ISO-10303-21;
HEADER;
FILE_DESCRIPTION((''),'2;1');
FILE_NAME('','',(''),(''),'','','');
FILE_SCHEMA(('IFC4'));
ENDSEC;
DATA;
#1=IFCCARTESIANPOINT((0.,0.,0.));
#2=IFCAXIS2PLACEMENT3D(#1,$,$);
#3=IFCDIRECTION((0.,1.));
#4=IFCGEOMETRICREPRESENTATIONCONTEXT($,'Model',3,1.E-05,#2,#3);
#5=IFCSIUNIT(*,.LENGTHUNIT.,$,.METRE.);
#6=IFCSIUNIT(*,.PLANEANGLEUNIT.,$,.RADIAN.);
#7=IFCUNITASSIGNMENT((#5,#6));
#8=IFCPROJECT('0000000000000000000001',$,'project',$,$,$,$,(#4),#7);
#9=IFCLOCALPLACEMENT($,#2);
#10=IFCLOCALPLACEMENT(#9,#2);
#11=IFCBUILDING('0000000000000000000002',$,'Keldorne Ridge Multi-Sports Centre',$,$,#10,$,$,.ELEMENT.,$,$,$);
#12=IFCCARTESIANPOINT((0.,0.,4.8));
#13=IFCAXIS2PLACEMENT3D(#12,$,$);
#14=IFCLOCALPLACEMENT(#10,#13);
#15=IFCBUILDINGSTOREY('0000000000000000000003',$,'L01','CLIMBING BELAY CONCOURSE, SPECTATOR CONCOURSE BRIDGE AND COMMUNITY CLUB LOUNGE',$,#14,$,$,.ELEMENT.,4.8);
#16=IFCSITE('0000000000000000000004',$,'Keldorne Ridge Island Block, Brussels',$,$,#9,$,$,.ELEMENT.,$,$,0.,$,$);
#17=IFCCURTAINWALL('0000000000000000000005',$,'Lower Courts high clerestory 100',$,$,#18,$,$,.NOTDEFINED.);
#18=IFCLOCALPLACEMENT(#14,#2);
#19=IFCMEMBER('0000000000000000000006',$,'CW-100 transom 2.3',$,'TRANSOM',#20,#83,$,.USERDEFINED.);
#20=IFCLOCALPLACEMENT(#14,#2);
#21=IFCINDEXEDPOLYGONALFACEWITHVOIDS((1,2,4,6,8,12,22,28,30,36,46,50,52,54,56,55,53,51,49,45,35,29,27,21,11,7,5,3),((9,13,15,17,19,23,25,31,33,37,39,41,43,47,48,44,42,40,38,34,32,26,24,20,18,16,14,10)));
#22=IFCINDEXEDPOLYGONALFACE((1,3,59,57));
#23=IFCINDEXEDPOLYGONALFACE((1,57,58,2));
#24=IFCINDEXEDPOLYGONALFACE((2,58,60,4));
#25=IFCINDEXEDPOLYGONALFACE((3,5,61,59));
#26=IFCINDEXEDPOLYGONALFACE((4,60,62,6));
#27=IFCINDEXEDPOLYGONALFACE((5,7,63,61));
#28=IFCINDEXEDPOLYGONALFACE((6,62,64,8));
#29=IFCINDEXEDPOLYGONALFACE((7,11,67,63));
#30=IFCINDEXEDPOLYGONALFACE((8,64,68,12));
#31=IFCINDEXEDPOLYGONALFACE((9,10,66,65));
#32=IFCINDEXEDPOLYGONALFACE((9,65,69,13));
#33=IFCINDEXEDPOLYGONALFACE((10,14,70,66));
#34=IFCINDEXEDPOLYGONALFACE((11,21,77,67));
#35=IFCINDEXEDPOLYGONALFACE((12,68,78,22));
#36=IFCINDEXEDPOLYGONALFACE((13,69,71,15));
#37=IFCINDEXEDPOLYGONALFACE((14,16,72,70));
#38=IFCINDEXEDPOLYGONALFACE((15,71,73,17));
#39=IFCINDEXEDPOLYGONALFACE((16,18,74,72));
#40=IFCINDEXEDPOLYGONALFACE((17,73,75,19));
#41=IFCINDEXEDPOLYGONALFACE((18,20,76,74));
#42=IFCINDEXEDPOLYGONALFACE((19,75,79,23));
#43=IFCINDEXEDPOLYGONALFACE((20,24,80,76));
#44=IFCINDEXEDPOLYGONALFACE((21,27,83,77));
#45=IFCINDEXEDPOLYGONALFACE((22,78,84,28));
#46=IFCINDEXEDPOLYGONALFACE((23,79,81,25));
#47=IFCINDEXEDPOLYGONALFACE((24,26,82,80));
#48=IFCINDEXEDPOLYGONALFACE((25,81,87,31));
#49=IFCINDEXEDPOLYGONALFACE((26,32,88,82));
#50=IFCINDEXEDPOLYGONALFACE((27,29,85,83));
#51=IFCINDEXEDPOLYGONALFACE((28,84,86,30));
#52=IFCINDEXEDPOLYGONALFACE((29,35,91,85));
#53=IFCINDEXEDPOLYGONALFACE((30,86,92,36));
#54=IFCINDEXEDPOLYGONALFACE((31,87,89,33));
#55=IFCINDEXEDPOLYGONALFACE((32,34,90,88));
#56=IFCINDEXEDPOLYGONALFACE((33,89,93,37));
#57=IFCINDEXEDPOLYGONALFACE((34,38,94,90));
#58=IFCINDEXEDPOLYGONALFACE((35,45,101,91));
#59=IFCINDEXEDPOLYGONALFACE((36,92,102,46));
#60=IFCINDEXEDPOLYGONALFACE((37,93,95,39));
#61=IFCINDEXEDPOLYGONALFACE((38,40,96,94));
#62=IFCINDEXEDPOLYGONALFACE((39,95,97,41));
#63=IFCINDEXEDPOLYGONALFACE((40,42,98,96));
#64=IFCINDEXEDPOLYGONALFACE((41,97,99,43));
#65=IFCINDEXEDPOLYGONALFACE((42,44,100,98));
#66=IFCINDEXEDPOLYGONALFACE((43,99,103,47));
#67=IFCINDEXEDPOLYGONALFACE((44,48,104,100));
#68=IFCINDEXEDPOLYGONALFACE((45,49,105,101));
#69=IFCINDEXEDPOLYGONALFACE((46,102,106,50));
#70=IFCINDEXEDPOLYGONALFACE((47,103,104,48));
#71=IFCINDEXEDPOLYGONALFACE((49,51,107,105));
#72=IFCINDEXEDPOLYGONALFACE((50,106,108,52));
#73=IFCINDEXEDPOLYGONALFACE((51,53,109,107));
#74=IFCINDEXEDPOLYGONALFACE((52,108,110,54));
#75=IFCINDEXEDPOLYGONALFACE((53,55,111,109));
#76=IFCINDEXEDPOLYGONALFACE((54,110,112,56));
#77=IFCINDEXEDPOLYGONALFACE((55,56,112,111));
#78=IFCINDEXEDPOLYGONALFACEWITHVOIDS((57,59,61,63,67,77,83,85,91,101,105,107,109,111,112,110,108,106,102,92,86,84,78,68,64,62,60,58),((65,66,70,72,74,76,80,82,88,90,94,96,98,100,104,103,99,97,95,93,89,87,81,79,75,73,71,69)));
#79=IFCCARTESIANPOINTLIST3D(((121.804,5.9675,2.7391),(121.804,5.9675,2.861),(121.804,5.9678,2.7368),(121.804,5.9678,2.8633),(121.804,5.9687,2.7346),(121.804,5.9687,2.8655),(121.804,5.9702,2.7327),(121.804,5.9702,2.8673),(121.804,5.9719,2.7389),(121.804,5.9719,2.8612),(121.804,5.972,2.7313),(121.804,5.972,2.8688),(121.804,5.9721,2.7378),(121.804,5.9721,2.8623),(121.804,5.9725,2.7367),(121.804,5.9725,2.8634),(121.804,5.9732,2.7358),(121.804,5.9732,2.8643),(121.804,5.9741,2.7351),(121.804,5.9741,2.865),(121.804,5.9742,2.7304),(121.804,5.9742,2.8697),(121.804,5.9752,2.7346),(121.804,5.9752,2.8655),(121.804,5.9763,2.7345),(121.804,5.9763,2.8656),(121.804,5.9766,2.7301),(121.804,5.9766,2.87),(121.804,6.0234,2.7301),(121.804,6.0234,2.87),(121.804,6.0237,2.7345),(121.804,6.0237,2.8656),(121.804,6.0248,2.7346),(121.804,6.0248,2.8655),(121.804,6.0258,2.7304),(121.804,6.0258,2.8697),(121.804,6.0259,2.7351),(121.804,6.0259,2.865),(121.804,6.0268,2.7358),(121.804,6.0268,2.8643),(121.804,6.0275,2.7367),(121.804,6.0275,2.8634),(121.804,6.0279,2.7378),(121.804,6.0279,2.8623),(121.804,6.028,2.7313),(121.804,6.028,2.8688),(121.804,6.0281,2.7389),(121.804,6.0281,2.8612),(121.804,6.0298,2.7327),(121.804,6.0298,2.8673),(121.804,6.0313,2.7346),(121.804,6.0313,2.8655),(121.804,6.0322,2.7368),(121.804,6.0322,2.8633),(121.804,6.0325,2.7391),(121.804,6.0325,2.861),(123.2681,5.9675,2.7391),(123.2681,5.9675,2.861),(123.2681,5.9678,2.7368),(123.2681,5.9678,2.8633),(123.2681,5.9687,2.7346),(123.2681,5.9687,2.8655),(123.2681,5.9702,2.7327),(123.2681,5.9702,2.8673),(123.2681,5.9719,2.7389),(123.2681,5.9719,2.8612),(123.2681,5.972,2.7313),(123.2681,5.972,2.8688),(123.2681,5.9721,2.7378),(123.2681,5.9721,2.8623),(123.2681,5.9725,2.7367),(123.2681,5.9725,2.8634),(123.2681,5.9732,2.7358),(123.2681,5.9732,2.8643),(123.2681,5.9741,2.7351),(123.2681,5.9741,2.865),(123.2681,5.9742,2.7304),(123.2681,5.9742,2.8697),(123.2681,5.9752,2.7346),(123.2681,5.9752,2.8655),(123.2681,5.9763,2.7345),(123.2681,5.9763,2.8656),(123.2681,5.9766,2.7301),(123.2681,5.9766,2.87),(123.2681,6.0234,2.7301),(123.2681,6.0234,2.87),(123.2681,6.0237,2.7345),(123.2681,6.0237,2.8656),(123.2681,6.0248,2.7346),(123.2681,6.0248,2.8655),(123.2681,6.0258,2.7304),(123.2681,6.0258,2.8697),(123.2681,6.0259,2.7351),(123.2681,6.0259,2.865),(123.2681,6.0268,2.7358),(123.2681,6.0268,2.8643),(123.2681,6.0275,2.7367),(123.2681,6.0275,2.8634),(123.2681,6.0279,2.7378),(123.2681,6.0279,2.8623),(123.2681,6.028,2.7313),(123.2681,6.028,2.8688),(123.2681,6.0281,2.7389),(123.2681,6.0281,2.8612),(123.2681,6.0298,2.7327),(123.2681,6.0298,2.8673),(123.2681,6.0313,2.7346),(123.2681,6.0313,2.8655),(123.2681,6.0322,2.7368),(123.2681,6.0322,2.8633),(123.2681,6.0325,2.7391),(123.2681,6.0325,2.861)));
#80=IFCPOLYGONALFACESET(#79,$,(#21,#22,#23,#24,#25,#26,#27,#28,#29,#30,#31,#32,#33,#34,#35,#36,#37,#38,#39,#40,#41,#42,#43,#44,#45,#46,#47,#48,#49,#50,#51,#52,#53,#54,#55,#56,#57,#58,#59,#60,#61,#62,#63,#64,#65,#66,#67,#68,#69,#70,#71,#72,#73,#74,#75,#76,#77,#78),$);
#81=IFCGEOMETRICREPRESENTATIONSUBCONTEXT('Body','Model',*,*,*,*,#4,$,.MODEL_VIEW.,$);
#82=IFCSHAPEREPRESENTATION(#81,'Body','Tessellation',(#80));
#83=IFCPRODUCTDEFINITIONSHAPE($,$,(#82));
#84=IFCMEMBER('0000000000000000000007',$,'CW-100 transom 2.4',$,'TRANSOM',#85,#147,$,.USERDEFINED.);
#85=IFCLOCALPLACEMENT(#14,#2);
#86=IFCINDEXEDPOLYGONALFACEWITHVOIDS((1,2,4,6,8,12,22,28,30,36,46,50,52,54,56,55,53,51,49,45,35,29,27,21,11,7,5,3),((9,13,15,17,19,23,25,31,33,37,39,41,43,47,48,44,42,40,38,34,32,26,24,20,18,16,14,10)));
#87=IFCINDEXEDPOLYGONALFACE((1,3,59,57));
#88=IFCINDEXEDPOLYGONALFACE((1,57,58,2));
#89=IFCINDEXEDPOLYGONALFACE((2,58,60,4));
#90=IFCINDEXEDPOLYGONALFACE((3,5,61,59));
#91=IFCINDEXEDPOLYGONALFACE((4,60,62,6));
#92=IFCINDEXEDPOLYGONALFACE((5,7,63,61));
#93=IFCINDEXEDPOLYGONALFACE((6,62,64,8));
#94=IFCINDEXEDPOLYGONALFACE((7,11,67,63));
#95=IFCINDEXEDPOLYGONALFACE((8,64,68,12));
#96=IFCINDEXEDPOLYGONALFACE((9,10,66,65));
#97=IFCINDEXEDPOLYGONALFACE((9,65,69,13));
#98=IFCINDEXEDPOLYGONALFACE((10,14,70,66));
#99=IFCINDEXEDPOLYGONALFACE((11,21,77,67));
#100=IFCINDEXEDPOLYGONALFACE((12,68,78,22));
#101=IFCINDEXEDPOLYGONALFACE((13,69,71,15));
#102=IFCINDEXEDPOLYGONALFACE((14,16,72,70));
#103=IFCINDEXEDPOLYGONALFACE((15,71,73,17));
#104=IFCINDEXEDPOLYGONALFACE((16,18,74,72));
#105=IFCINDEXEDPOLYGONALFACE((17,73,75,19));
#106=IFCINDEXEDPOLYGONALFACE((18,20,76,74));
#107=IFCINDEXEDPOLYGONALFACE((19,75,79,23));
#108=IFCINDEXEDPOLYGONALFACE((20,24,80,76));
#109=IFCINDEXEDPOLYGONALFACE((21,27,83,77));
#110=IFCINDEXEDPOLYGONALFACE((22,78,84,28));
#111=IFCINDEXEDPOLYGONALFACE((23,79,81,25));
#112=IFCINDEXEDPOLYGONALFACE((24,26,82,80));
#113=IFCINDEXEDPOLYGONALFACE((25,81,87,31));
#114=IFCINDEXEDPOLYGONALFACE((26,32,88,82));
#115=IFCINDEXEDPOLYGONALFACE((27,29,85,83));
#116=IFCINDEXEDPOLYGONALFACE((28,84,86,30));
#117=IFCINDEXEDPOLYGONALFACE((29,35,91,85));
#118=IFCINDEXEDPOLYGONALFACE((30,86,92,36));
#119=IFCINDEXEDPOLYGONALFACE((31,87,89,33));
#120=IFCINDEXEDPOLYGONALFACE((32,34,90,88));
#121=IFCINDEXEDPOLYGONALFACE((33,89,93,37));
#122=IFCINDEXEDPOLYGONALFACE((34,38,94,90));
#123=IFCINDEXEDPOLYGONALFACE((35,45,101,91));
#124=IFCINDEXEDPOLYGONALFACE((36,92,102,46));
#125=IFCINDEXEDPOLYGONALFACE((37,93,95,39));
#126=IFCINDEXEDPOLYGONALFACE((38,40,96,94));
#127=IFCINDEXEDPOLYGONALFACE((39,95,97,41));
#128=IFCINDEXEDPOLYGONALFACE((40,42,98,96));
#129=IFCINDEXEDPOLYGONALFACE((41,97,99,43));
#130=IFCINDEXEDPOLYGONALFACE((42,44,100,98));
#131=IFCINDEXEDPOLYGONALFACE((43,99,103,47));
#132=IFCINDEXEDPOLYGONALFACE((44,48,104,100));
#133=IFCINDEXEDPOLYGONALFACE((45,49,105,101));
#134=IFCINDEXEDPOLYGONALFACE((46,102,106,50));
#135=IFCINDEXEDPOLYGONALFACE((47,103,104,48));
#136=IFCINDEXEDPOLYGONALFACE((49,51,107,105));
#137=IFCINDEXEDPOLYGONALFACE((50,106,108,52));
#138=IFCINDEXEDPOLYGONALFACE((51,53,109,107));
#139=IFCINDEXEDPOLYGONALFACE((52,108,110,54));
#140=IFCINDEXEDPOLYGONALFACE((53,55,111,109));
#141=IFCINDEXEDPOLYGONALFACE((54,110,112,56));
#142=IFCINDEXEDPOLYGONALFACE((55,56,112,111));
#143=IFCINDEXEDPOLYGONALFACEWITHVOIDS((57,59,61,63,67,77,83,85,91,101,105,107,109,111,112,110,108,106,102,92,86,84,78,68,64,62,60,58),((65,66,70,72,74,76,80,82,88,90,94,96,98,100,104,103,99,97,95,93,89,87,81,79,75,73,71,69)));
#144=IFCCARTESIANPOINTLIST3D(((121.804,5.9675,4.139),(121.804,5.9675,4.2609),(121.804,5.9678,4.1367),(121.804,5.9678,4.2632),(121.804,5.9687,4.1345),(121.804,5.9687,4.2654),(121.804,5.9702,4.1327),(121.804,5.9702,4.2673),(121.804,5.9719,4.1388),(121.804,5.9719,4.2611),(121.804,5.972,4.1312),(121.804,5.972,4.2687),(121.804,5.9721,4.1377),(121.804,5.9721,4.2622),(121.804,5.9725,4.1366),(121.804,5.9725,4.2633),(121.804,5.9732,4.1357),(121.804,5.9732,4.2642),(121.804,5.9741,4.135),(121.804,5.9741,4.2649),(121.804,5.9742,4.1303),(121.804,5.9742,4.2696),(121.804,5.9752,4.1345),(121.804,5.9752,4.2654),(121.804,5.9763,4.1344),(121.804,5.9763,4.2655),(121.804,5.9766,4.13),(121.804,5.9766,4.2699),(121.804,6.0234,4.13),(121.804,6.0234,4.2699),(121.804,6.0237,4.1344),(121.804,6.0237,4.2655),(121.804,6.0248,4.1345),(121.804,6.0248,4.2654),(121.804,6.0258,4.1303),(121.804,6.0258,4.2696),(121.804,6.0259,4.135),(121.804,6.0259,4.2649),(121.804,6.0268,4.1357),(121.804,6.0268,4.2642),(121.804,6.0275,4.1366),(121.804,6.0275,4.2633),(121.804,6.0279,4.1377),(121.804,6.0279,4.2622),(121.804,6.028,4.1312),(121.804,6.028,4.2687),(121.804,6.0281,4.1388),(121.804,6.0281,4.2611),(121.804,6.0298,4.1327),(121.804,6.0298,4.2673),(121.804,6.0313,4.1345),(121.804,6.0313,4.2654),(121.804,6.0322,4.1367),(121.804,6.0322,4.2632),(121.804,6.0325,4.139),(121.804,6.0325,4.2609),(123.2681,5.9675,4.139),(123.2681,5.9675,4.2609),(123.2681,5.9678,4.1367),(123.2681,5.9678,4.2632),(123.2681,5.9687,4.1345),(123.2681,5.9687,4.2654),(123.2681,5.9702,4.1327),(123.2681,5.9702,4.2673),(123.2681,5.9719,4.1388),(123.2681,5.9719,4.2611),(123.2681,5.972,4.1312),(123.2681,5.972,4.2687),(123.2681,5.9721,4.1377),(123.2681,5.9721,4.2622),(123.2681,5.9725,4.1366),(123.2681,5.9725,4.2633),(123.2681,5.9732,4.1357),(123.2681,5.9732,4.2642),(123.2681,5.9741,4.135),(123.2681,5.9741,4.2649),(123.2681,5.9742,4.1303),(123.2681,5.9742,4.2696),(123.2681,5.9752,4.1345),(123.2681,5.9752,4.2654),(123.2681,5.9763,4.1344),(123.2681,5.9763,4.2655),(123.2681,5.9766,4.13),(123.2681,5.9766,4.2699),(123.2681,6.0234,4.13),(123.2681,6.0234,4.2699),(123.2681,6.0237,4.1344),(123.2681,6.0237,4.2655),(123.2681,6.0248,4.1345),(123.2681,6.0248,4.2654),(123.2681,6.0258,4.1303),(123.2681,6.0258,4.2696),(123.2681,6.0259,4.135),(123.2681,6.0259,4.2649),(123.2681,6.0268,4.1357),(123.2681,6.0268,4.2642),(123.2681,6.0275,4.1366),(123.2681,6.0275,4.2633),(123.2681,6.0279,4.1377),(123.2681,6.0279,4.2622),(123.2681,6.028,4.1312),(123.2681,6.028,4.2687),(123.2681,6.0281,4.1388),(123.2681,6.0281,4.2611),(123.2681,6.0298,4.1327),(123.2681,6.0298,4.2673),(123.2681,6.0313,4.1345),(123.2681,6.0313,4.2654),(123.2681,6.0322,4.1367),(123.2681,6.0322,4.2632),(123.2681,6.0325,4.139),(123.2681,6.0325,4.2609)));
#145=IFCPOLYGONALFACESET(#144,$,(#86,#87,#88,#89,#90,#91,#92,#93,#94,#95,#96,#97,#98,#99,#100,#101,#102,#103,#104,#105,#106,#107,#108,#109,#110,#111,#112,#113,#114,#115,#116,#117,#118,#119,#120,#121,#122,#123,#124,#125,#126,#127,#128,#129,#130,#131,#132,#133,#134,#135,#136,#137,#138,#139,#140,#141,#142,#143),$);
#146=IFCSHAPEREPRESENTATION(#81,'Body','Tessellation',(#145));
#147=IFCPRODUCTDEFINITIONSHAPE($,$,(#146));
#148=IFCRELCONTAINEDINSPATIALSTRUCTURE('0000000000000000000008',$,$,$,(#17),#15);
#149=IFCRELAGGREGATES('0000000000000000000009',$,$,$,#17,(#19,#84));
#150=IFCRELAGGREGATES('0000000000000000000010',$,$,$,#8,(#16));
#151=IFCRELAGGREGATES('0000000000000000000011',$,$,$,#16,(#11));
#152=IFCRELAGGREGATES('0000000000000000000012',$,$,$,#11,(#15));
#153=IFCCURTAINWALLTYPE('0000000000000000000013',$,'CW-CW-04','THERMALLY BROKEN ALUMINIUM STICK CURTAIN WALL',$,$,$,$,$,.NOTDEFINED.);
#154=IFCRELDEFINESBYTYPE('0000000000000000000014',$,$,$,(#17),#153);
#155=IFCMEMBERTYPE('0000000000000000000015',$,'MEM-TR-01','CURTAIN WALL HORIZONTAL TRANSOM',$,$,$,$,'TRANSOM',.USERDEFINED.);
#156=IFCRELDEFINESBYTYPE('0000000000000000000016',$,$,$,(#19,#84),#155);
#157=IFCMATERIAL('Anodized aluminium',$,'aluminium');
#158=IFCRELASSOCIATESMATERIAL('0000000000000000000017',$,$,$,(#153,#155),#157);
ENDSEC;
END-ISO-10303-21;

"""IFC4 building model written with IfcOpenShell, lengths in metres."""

from ifc_helpers import new_model, si_unit, direction, frame, origin, origin_2d, place, context, subcontext, project, spatial, hollow_rectangle, extrude, material, material_profile, profile_set, type_object, element, aggregate, save


model = new_model("IFC4")

# Units and contexts
model_context = context("Model", 3, precision=1e-05, world=origin(), true_north=direction((0.0, 1.0)))
body_context = subcontext(model_context, "Body", "Model", "MODEL_VIEW")
ifc_project = project(units=[si_unit("LENGTHUNIT", "METRE"), si_unit("PLANEANGLEUNIT", "RADIAN")], contexts=[model_context])

# Site, building, storey
site_placement = place(None, origin())
site = spatial("IfcSite", under=ifc_project, at=site_placement, Name="Keldorne Ridge Island Block, Brussels", CompositionType="ELEMENT", RefElevation=0.0)
building_placement = place(site_placement, origin())
building = spatial("IfcBuilding", under=site, at=building_placement, Name="Keldorne Ridge Multi-Sports Centre", CompositionType="ELEMENT")
storey_placement = place(building_placement, frame((0.0, 0.0, 4.8)))
storey = spatial("IfcBuildingStorey", under=building, at=storey_placement, Name="L01", Description="CLIMBING BELAY CONCOURSE, SPECTATOR CONCOURSE BRIDGE AND COMMUNITY CLUB LOUNGE", CompositionType="ELEMENT", Elevation=4.8)

# Curtain wall, members
ifc_material_1 = material(Name="Anodized aluminium", Category="aluminium")
curtain_wall_type = type_object("IfcCurtainWallType", Name="CW-CW-04", Description="THERMALLY BROKEN ALUMINIUM STICK CURTAIN WALL", PredefinedType="NOTDEFINED", material=ifc_material_1)
curtain_wall_placement = place(storey_placement, origin())
curtain_wall = element("IfcCurtainWall", 1, at=curtain_wall_placement, inside=storey, type_object=curtain_wall_type, Name="Lower Courts high clerestory 100", PredefinedType="NOTDEFINED")
ifc_material_profile_1 = material_profile(ifc_material_1, hollow_rectangle(XDim=0.0649, YDim=0.1399, WallThickness=0.0044, InnerFilletRadius=0.0044, OuterFilletRadius=0.009, at=origin_2d()), Name="ALU TRANSOM 140x65x4.5")
ifc_profile_set_1 = profile_set([ifc_material_profile_1], Name="Anodized aluminium")
member_type_1 = type_object("IfcMemberType", Name="MEM-TR-01", Description="CURTAIN WALL HORIZONTAL TRANSOM", ElementType="TRANSOM", PredefinedType="USERDEFINED", material=ifc_profile_set_1)
member_1_placement = place(storey_placement, frame((121.804, 6.0, 2.8), z_axis=(1.0, 0.0, 0.0), x_axis=(0.0, 1.0, 0.0)))
member_1 = element("IfcMember", 2, at=member_1_placement, type_object=member_type_1, Name="CW-100 transom 2.3", ObjectType="TRANSOM", PredefinedType="USERDEFINED", context=body_context, shape_type="SweptSolid", body=[
    extrude(hollow_rectangle(XDim=0.0649, YDim=0.1399, WallThickness=0.0044, InnerFilletRadius=0.0044, OuterFilletRadius=0.009, at=origin_2d()), origin(), (0.0, 0.0, 1.0), 1.4641),
])
member_2_placement = place(storey_placement, frame((121.804, 6.0, 4.2), z_axis=(1.0, 0.0, 0.0), x_axis=(0.0, 1.0, 0.0)))
member_2 = element("IfcMember", 3, at=member_2_placement, type_object=member_type_1, Name="CW-100 transom 2.4", ObjectType="TRANSOM", PredefinedType="USERDEFINED", context=body_context, shape_type="SweptSolid", body=[
    extrude(hollow_rectangle(XDim=0.0649, YDim=0.1399, WallThickness=0.0044, InnerFilletRadius=0.0044, OuterFilletRadius=0.009, at=origin_2d()), origin(), (0.0, 0.0, 1.0), 1.4641),
])

aggregate(curtain_wall, [member_1, member_2])

save(model, "model.ifc")
